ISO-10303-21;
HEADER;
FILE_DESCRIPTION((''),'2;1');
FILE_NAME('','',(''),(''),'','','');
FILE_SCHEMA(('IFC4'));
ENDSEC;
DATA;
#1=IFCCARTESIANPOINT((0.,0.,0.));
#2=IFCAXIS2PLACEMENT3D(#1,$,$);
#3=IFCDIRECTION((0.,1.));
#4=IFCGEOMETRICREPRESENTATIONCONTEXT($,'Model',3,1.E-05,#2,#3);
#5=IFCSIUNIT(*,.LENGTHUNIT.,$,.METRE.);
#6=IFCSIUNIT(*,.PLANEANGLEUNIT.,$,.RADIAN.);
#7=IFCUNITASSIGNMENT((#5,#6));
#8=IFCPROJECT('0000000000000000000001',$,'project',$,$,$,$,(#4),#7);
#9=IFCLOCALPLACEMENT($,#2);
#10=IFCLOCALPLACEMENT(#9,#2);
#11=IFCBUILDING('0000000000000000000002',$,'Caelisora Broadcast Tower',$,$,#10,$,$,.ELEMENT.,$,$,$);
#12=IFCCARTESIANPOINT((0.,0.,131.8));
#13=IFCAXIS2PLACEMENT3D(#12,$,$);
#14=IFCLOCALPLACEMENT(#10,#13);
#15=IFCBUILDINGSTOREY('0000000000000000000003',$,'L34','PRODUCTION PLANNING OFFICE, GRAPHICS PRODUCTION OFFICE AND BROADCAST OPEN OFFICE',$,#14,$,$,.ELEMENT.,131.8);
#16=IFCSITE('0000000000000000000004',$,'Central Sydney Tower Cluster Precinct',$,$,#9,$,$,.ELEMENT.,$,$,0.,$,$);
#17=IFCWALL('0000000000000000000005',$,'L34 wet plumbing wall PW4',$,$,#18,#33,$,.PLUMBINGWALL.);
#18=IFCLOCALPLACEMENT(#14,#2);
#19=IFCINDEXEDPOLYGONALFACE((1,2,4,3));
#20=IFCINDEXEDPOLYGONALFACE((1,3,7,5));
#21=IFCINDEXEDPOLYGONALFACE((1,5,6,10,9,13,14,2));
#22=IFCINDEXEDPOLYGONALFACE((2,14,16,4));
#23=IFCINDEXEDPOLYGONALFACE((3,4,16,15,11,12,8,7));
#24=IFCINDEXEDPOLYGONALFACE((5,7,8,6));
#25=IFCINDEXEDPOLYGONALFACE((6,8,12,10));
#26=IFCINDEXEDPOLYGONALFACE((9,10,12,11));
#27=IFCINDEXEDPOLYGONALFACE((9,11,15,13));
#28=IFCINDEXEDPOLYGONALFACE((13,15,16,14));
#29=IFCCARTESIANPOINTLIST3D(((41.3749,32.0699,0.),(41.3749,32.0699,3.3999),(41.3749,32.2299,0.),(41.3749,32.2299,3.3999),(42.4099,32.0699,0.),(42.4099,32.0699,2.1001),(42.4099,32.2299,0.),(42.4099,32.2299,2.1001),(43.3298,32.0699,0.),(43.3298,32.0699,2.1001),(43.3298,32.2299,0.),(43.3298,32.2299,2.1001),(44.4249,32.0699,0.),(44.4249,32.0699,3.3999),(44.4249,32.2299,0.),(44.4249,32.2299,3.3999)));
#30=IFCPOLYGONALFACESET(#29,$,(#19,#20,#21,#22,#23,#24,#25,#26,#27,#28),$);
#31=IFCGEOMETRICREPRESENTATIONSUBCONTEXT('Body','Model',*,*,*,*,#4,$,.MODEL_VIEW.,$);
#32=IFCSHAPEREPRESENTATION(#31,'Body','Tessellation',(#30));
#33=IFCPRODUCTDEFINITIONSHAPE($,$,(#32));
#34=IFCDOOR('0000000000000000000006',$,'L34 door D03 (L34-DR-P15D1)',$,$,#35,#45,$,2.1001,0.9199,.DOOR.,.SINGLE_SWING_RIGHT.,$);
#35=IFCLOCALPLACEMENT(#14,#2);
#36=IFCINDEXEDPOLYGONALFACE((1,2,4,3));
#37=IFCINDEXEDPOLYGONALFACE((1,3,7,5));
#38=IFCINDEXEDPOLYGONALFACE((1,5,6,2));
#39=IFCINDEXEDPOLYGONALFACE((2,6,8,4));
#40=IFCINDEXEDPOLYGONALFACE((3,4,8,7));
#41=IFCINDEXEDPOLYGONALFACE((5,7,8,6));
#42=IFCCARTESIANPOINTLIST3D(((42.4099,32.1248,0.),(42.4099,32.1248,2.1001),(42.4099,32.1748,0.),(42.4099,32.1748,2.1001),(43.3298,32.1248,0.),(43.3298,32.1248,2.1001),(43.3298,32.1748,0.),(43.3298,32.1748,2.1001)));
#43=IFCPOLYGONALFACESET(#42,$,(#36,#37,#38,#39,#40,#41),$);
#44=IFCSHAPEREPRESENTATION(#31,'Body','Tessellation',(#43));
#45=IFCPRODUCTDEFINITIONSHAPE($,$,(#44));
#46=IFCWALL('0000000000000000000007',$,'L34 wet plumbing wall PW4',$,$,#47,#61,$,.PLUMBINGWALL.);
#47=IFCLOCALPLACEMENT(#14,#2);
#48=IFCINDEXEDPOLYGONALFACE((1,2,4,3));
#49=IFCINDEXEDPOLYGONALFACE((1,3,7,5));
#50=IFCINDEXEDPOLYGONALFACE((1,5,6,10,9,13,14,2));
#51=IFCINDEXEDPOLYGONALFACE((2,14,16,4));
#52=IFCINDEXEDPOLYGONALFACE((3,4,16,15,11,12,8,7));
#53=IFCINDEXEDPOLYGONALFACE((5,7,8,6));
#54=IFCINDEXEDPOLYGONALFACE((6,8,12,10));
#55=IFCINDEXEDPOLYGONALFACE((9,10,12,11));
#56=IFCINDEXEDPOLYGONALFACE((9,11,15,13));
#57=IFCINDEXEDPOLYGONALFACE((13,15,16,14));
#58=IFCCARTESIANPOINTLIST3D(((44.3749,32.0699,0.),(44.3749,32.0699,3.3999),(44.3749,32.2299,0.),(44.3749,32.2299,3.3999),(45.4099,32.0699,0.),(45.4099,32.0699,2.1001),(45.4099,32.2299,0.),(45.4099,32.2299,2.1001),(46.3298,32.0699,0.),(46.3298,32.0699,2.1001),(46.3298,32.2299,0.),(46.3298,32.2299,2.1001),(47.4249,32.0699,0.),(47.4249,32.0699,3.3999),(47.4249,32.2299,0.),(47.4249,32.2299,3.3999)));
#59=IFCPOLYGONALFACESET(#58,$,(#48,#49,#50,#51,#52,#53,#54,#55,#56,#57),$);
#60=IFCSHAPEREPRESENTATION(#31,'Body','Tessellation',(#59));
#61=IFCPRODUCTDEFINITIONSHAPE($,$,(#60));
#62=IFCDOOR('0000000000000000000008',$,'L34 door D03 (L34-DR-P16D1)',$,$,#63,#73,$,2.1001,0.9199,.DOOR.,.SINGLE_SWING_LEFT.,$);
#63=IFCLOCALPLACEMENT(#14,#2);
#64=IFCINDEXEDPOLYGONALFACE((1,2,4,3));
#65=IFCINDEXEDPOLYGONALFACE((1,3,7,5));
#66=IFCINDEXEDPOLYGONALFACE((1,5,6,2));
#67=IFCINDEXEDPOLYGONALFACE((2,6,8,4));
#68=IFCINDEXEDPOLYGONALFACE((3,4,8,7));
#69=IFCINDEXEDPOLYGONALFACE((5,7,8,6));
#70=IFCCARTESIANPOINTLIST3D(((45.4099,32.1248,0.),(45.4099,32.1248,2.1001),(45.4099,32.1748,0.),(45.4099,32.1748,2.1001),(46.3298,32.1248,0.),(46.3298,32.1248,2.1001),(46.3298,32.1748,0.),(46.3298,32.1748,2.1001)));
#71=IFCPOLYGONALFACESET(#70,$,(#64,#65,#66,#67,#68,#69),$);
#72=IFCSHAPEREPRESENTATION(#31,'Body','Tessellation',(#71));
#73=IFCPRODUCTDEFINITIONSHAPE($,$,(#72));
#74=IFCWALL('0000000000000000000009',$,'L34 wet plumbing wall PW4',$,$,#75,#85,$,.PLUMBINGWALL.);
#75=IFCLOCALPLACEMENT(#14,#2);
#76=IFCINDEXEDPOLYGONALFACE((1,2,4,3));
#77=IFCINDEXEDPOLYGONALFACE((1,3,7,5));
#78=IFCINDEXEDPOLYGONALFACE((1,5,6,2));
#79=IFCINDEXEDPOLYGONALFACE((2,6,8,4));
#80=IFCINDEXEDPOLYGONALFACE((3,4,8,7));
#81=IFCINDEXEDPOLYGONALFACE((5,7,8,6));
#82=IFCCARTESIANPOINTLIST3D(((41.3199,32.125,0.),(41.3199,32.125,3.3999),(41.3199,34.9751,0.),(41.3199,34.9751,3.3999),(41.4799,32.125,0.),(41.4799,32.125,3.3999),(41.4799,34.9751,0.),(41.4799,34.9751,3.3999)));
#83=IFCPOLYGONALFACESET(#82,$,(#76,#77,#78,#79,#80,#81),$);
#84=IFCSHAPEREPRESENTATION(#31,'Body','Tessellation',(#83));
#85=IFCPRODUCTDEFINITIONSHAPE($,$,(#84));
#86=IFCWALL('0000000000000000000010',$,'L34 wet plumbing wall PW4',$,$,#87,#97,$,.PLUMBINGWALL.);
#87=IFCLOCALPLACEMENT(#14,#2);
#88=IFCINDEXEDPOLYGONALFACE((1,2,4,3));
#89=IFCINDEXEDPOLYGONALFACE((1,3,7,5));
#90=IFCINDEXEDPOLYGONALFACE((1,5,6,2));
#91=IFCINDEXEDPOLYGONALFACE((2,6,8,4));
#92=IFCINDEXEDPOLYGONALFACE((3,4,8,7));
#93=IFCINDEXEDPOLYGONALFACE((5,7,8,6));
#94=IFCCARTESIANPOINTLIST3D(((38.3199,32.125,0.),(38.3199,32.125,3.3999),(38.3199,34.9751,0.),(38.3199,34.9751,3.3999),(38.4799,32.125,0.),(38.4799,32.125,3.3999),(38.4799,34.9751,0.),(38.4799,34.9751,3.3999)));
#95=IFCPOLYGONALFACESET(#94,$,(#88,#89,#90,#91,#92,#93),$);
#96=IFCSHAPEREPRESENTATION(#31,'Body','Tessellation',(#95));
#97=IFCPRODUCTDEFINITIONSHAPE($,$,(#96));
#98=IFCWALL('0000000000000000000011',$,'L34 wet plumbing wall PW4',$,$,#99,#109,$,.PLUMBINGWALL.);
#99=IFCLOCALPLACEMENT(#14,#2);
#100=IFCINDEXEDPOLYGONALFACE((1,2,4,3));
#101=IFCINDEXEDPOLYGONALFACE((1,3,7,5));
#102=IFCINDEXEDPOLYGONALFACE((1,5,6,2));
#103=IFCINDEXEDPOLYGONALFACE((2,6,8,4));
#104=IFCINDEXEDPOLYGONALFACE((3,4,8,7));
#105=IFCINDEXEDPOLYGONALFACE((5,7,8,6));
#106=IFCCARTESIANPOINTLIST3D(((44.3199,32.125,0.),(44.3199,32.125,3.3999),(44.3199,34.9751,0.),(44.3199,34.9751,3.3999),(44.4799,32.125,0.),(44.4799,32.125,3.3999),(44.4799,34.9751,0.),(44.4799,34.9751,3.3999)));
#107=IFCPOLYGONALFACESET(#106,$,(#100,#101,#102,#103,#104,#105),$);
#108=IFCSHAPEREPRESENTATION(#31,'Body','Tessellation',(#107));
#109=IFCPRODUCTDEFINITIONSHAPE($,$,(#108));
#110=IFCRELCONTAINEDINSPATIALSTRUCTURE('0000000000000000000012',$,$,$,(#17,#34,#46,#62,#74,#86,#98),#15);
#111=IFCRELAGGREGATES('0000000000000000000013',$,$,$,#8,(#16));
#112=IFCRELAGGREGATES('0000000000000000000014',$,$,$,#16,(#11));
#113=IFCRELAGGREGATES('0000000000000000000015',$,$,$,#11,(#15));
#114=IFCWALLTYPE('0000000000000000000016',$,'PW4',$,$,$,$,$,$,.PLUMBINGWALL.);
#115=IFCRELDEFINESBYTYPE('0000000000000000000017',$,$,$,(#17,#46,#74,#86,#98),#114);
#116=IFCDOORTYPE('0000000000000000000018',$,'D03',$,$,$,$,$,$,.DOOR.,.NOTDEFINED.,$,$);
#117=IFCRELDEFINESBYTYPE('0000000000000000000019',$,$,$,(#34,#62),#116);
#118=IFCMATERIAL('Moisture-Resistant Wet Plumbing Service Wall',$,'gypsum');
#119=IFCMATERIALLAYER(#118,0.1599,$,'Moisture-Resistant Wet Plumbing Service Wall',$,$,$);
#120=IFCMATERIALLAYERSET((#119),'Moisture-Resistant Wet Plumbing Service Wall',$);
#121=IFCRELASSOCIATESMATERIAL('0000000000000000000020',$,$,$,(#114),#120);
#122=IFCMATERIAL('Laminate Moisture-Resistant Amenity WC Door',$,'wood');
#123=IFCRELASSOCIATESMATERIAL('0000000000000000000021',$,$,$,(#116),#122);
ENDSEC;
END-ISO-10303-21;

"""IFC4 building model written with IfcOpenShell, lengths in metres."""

from ifc_helpers import new_model, si_unit, direction, frame, frame_2d, origin, place, context, subcontext, project, spatial, rectangle, extrude, material, layer, layer_set, type_object, element, fill, save


model = new_model("IFC4")

# Units and contexts
model_context = context("Model", 3, precision=1e-05, world=origin(), true_north=direction((0.0, 1.0)))
body_context = subcontext(model_context, "Body", "Model", "MODEL_VIEW")
ifc_project = project(units=[si_unit("LENGTHUNIT", "METRE"), si_unit("PLANEANGLEUNIT", "RADIAN")], contexts=[model_context])

# Site, building, storey
site_placement = place(None, origin())
site = spatial("IfcSite", under=ifc_project, at=site_placement, Name="Central Sydney Tower Cluster Precinct", CompositionType="ELEMENT", RefElevation=0.0)
building_placement = place(site_placement, origin())
building = spatial("IfcBuilding", under=site, at=building_placement, Name="Caelisora Broadcast Tower", CompositionType="ELEMENT")
storey_placement = place(building_placement, frame((0.0, 0.0, 131.8)))
storey = spatial("IfcBuildingStorey", under=building, at=storey_placement, Name="L34", Description="PRODUCTION PLANNING OFFICE, GRAPHICS PRODUCTION OFFICE AND BROADCAST OPEN OFFICE", CompositionType="ELEMENT", Elevation=131.8)

# Walls, openings, doors
ifc_material_1 = material(Name="Moisture-Resistant Wet Plumbing Service Wall", Category="gypsum")
ifc_layer_1 = layer(ifc_material_1, 0.1599, Name="Moisture-Resistant Wet Plumbing Service Wall")
ifc_layer_set_1 = layer_set([ifc_layer_1], Name="Moisture-Resistant Wet Plumbing Service Wall")
wall_type_1 = type_object("IfcWallType", Name="PW4", PredefinedType="PLUMBINGWALL", material=ifc_layer_set_1)
ifc_material_2 = material(Name="Laminate Moisture-Resistant Amenity WC Door", Category="wood")
door_type_1 = type_object("IfcDoorType", Name="D03", OperationType="NOTDEFINED", PredefinedType="DOOR", material=ifc_material_2)
wall_1_placement = place(storey_placement, frame((41.375, 32.1499, 0.0), z_axis=(0.0, 0.0, 1.0), x_axis=(1.0, 0.0, 0.0)))
wall_1 = element("IfcWall", 1, at=wall_1_placement, inside=storey, type_object=wall_type_1, Name="L34 wet plumbing wall PW4", PredefinedType="PLUMBINGWALL", context=body_context, shape_type="SweptSolid", body=[
    extrude(rectangle(XDim=3.05, YDim=0.1599, at=frame_2d((1.5249, 0.0))), origin(), (0.0, 0.0, 1.0), 3.3999),
])
opening_1_placement = place(wall_1_placement, frame((1.0349, 0.0, 0.0)))
opening_1 = element("IfcOpeningElement", 2, at=opening_1_placement, cuts=wall_1, PredefinedType="OPENING", context=body_context, shape_type="SweptSolid", body=[
    extrude(rectangle(XDim=0.9199, YDim=2.1001, at=frame_2d((0.46, 1.05))), frame((0.0, 0.092, 0.0), z_axis=(0.0, -1.0, 0.0), x_axis=(1.0, 0.0, 0.0)), (0.0, 0.0, 1.0), 0.1838),
])
door_1_placement = place(opening_1_placement, origin())
door_1 = element("IfcDoor", 3, at=door_1_placement, inside=storey, type_object=door_type_1, Name="L34 door D03 (L34-DR-P15D1)", OperationType="SINGLE_SWING_RIGHT", OverallHeight=2.1001, OverallWidth=0.9199, PredefinedType="DOOR", context=body_context, shape_type="SweptSolid", body=[
    extrude(rectangle(XDim=0.9199, YDim=2.1001, at=frame_2d((0.46, 1.05))), frame((0.0, 0.0249, 0.0), z_axis=(0.0, -1.0, 0.0), x_axis=(1.0, 0.0, 0.0)), (0.0, 0.0, 1.0), 0.05),
])
fill(opening_1, door_1)
wall_2_placement = place(storey_placement, frame((44.375, 32.1499, 0.0), z_axis=(0.0, 0.0, 1.0), x_axis=(1.0, 0.0, 0.0)))
wall_2 = element("IfcWall", 4, at=wall_2_placement, inside=storey, type_object=wall_type_1, Name="L34 wet plumbing wall PW4", PredefinedType="PLUMBINGWALL", context=body_context, shape_type="SweptSolid", body=[
    extrude(rectangle(XDim=3.05, YDim=0.1599, at=frame_2d((1.5249, 0.0))), origin(), (0.0, 0.0, 1.0), 3.3999),
])
opening_2_placement = place(wall_2_placement, frame((1.0349, 0.0, 0.0)))
opening_2 = element("IfcOpeningElement", 5, at=opening_2_placement, cuts=wall_2, PredefinedType="OPENING", context=body_context, shape_type="SweptSolid", body=[
    extrude(rectangle(XDim=0.9199, YDim=2.1001, at=frame_2d((0.46, 1.05))), frame((0.0, 0.092, 0.0), z_axis=(0.0, -1.0, 0.0), x_axis=(1.0, 0.0, 0.0)), (0.0, 0.0, 1.0), 0.1838),
])
door_2_placement = place(opening_2_placement, origin())
door_2 = element("IfcDoor", 6, at=door_2_placement, inside=storey, type_object=door_type_1, Name="L34 door D03 (L34-DR-P16D1)", OperationType="SINGLE_SWING_LEFT", OverallHeight=2.1001, OverallWidth=0.9199, PredefinedType="DOOR", context=body_context, shape_type="SweptSolid", body=[
    extrude(rectangle(XDim=0.9199, YDim=2.1001, at=frame_2d((0.46, 1.05))), frame((0.0, 0.0249, 0.0), z_axis=(0.0, -1.0, 0.0), x_axis=(1.0, 0.0, 0.0)), (0.0, 0.0, 1.0), 0.05),
])
fill(opening_2, door_2)

# Walls
for number, where, z_axis, x_axis, name in (
    (7, (41.3999, 32.125, 0.0), (0.0, 0.0, 1.0), (0.0, 1.0, 0.0), "L34 wet plumbing wall PW4"),
    (8, (38.3999, 32.125, 0.0), (0.0, 0.0, 1.0), (0.0, 1.0, 0.0), "L34 wet plumbing wall PW4"),
    (9, (44.3999, 32.125, 0.0), (0.0, 0.0, 1.0), (0.0, 1.0, 0.0), "L34 wet plumbing wall PW4"),
):
    element("IfcWall", number, at=place(storey_placement, frame(where, z_axis=z_axis, x_axis=x_axis)), inside=storey, type_object=wall_type_1, Name=name, PredefinedType="PLUMBINGWALL", context=body_context, shape_type="SweptSolid", body=[
        extrude(rectangle(XDim=2.8501, YDim=0.1599, at=frame_2d((1.425, 0.0))), origin(), (0.0, 0.0, 1.0), 3.3999),
    ])

save(model, "model.ifc")
